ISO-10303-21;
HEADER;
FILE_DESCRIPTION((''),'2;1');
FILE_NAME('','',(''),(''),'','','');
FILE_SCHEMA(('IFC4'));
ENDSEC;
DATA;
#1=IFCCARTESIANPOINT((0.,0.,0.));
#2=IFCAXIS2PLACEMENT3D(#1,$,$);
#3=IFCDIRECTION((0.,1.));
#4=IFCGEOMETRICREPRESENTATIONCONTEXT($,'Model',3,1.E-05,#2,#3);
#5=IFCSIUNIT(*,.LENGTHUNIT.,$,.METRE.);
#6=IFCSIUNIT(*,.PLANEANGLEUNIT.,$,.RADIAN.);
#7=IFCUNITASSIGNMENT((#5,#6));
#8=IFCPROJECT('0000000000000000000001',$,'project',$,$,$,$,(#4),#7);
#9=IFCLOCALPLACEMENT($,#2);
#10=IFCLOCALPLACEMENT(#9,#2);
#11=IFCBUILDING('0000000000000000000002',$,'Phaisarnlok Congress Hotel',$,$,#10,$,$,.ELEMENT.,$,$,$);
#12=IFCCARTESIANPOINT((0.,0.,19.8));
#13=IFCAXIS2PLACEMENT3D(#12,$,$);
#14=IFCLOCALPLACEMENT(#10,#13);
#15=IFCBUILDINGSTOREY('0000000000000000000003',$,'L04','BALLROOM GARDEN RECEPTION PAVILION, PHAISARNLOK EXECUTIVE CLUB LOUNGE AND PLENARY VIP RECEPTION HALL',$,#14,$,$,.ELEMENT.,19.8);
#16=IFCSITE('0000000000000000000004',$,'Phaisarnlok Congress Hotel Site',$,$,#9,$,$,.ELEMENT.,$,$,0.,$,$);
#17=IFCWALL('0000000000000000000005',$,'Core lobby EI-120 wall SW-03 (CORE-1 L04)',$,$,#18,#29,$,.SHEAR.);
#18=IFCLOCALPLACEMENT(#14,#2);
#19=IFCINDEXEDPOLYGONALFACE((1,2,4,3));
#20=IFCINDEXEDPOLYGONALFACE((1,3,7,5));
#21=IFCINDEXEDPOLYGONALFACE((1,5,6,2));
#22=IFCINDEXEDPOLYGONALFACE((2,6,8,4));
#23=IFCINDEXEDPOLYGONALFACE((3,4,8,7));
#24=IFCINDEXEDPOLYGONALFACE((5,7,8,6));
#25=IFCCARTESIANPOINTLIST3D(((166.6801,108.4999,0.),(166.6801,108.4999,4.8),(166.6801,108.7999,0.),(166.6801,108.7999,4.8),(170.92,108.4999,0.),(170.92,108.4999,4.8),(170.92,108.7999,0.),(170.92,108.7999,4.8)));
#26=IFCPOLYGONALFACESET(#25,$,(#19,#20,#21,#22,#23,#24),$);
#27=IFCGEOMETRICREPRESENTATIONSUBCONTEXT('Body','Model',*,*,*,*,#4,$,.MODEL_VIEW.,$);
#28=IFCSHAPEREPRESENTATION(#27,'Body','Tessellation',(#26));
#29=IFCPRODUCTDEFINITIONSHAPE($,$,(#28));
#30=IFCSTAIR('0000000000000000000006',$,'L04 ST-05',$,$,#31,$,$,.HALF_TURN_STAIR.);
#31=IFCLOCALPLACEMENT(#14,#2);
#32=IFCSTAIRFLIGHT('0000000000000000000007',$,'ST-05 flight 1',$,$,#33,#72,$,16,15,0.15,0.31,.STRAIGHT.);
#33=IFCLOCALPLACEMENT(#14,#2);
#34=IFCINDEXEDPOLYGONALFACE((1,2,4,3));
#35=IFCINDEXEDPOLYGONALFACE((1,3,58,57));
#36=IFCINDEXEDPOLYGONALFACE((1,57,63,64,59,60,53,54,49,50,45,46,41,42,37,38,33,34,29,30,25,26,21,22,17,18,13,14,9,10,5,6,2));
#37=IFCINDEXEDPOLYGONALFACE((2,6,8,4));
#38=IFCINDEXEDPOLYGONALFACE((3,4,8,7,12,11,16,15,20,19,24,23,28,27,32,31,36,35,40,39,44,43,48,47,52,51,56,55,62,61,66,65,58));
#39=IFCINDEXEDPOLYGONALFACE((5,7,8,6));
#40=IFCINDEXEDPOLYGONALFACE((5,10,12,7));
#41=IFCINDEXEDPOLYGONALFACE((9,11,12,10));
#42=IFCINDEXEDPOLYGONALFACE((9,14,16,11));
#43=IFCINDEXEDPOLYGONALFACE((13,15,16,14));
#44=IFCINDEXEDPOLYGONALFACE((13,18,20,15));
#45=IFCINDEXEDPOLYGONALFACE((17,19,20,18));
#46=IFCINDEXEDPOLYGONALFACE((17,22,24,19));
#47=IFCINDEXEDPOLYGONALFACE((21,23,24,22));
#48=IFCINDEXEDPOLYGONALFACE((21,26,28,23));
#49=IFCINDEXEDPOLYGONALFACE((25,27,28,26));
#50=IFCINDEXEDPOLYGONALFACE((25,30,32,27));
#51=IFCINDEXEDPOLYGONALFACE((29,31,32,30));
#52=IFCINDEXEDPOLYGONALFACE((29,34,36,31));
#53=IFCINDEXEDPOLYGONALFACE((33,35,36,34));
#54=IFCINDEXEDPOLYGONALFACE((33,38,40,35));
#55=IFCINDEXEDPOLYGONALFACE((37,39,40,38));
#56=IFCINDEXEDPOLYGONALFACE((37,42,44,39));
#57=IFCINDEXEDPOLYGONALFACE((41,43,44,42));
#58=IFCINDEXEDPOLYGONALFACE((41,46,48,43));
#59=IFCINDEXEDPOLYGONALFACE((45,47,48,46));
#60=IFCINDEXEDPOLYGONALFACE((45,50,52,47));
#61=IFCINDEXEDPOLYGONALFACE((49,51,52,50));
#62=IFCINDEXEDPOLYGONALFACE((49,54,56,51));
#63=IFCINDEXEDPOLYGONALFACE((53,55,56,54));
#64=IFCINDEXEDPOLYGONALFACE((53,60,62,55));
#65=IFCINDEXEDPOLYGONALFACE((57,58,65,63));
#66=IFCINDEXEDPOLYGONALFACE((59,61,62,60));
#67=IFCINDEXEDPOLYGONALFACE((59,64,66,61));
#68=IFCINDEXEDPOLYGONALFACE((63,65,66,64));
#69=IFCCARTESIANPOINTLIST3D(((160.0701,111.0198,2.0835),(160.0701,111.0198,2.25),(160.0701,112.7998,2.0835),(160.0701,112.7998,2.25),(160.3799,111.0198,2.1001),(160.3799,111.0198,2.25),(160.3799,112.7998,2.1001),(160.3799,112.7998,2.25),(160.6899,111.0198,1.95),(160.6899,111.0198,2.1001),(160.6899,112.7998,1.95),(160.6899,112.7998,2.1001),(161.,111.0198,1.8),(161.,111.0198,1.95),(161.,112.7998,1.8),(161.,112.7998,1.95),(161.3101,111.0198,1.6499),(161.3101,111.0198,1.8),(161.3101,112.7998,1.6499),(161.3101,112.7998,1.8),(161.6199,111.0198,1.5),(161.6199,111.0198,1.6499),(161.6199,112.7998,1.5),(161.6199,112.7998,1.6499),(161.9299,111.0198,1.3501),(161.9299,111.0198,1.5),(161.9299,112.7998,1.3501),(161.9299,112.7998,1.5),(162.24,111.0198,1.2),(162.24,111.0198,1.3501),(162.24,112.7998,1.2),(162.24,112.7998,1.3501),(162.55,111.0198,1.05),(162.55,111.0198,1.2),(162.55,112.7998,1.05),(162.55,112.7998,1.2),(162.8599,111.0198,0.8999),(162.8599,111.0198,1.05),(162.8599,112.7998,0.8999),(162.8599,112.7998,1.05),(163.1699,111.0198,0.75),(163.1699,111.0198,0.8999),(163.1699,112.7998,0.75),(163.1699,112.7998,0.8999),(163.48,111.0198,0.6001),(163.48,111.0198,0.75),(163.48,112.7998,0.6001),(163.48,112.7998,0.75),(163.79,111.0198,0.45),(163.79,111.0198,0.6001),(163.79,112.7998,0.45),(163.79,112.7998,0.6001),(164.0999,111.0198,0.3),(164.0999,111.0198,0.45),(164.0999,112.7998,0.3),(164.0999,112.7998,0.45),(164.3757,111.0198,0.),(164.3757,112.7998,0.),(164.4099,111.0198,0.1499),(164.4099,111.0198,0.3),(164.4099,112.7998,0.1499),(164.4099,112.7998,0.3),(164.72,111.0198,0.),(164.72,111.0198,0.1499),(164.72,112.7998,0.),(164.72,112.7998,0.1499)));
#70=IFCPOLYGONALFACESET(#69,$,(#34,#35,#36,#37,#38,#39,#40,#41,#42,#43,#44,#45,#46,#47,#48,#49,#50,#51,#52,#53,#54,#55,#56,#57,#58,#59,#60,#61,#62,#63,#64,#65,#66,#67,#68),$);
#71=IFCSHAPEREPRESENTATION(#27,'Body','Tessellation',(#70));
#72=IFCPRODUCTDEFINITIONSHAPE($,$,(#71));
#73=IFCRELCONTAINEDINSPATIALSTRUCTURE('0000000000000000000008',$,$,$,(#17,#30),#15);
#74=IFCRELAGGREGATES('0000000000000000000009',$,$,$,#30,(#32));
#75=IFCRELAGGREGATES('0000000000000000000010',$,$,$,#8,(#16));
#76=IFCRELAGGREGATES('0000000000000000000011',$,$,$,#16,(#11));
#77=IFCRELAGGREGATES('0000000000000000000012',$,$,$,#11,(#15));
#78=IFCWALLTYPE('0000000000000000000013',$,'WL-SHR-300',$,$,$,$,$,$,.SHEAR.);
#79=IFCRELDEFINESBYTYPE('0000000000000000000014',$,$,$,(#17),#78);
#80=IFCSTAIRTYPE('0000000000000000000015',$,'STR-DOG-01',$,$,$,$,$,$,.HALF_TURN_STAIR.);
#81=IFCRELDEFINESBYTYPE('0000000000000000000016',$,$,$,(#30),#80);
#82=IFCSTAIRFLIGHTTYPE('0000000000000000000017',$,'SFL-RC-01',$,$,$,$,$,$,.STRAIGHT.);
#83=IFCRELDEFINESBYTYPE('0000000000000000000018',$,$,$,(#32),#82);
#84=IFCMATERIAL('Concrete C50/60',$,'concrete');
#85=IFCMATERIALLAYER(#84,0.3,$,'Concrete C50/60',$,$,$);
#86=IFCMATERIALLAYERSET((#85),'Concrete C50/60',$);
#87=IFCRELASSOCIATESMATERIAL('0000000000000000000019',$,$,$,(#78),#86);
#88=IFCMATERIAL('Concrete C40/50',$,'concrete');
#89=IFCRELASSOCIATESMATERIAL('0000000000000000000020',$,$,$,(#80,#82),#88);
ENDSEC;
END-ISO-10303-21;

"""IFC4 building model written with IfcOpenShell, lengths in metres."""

from ifc_helpers import new_model, si_unit, direction, frame, frame_2d, origin, place, context, subcontext, project, spatial, polyline, rectangle, outline, extrude, material, layer, layer_set, type_object, element, aggregate, save


model = new_model("IFC4")

# Units and contexts
model_context = context("Model", 3, precision=1e-05, world=origin(), true_north=direction((0.0, 1.0)))
body_context = subcontext(model_context, "Body", "Model", "MODEL_VIEW")
ifc_project = project(units=[si_unit("LENGTHUNIT", "METRE"), si_unit("PLANEANGLEUNIT", "RADIAN")], contexts=[model_context])

# Site, building, storey
site_placement = place(None, origin())
site = spatial("IfcSite", under=ifc_project, at=site_placement, Name="Phaisarnlok Congress Hotel Site", CompositionType="ELEMENT", RefElevation=0.0)
building_placement = place(site_placement, origin())
building = spatial("IfcBuilding", under=site, at=building_placement, Name="Phaisarnlok Congress Hotel", CompositionType="ELEMENT")
storey_placement = place(building_placement, frame((0.0, 0.0, 19.8)))
storey = spatial("IfcBuildingStorey", under=building, at=storey_placement, Name="L04", Description="BALLROOM GARDEN RECEPTION PAVILION, PHAISARNLOK EXECUTIVE CLUB LOUNGE AND PLENARY VIP RECEPTION HALL", CompositionType="ELEMENT", Elevation=19.8)

# Shared definitions
ifc_material_1 = material(Name="Concrete C50/60", Category="concrete")

# Shared definitions
ifc_material_2 = material(Name="Concrete C40/50", Category="concrete")

# Shared definitions
ifc_layer_1 = layer(ifc_material_1, 0.3, Name="Concrete C50/60")
ifc_layer_set_1 = layer_set([ifc_layer_1], Name="Concrete C50/60")
wall_type_1 = type_object("IfcWallType", Name="WL-SHR-300", PredefinedType="SHEAR", material=ifc_layer_set_1)

# Wall
wall_1_placement = place(storey_placement, frame((166.6799, 108.6499, 0.0), z_axis=(0.0, 0.0, 1.0), x_axis=(1.0, 0.0, 0.0)))
element("IfcWall", 1, at=wall_1_placement, inside=storey, type_object=wall_type_1, Name="Core lobby EI-120 wall SW-03 (CORE-1 L04)", PredefinedType="SHEAR", context=body_context, shape_type="SweptSolid", body=[
    extrude(rectangle(XDim=4.24, YDim=0.3, at=frame_2d((2.1201, 0.0))), origin(), (0.0, 0.0, 1.0), 4.8),
])

# Stair, stair flight
stair_type = type_object("IfcStairType", Name="STR-DOG-01", PredefinedType="HALF_TURN_STAIR", material=ifc_material_2)
stair_placement = place(storey_placement, origin())
stair = element("IfcStair", 2, at=stair_placement, inside=storey, type_object=stair_type, Name="L04 ST-05", PredefinedType="HALF_TURN_STAIR")
stair_flight_type = type_object("IfcStairFlightType", Name="SFL-RC-01", PredefinedType="STRAIGHT", material=ifc_material_2)
stair_flight_placement = place(storey_placement, frame((164.72, 111.9099, 0.0), z_axis=(0.0, 0.0, 1.0), x_axis=(-1.0, 0.0, 0.0)))
stair_flight = element("IfcStairFlight", 3, at=stair_flight_placement, type_object=stair_flight_type, Name="ST-05 flight 1", NumberOfRisers=16, NumberOfTreads=15, PredefinedType="STRAIGHT", RiserHeight=0.15, TreadLength=0.31, context=body_context, shape_type="SweptSolid", body=[
    extrude(outline(polyline([(0.0, 0.0), (0.0, 0.1499), (0.3101, 0.1499), (0.3101, 0.3), (0.6201, 0.3), (0.6201, 0.45), (0.9299, 0.45), (0.9299, 0.6001), (1.24, 0.6001), (1.24, 0.75), (1.55, 0.75), (1.55, 0.8999), (1.8601, 0.8999), (1.8601, 1.05), (2.1699, 1.05), (2.1699, 1.2), (2.48, 1.2), (2.48, 1.3501), (2.79, 1.3501), (2.79, 1.5), (3.1001, 1.5), (3.1001, 1.6499), (3.4099, 1.6499), (3.4099, 1.8), (3.72, 1.8), (3.72, 1.95), (4.03, 1.95), (4.03, 2.1001), (4.3401, 2.1001), (4.3401, 2.25), (4.6499, 2.25), (4.6499, 2.3999), (4.6499, 2.0835), (0.3442, 0.0), (0.0, 0.0)])), frame((0.0, 0.8901, 0.0), z_axis=(0.0, -1.0, 0.0), x_axis=(1.0, 0.0, 0.0)), (0.0, 0.0, 1.0), 1.78),
])
aggregate(stair, [stair_flight])

save(model, "model.ifc")
